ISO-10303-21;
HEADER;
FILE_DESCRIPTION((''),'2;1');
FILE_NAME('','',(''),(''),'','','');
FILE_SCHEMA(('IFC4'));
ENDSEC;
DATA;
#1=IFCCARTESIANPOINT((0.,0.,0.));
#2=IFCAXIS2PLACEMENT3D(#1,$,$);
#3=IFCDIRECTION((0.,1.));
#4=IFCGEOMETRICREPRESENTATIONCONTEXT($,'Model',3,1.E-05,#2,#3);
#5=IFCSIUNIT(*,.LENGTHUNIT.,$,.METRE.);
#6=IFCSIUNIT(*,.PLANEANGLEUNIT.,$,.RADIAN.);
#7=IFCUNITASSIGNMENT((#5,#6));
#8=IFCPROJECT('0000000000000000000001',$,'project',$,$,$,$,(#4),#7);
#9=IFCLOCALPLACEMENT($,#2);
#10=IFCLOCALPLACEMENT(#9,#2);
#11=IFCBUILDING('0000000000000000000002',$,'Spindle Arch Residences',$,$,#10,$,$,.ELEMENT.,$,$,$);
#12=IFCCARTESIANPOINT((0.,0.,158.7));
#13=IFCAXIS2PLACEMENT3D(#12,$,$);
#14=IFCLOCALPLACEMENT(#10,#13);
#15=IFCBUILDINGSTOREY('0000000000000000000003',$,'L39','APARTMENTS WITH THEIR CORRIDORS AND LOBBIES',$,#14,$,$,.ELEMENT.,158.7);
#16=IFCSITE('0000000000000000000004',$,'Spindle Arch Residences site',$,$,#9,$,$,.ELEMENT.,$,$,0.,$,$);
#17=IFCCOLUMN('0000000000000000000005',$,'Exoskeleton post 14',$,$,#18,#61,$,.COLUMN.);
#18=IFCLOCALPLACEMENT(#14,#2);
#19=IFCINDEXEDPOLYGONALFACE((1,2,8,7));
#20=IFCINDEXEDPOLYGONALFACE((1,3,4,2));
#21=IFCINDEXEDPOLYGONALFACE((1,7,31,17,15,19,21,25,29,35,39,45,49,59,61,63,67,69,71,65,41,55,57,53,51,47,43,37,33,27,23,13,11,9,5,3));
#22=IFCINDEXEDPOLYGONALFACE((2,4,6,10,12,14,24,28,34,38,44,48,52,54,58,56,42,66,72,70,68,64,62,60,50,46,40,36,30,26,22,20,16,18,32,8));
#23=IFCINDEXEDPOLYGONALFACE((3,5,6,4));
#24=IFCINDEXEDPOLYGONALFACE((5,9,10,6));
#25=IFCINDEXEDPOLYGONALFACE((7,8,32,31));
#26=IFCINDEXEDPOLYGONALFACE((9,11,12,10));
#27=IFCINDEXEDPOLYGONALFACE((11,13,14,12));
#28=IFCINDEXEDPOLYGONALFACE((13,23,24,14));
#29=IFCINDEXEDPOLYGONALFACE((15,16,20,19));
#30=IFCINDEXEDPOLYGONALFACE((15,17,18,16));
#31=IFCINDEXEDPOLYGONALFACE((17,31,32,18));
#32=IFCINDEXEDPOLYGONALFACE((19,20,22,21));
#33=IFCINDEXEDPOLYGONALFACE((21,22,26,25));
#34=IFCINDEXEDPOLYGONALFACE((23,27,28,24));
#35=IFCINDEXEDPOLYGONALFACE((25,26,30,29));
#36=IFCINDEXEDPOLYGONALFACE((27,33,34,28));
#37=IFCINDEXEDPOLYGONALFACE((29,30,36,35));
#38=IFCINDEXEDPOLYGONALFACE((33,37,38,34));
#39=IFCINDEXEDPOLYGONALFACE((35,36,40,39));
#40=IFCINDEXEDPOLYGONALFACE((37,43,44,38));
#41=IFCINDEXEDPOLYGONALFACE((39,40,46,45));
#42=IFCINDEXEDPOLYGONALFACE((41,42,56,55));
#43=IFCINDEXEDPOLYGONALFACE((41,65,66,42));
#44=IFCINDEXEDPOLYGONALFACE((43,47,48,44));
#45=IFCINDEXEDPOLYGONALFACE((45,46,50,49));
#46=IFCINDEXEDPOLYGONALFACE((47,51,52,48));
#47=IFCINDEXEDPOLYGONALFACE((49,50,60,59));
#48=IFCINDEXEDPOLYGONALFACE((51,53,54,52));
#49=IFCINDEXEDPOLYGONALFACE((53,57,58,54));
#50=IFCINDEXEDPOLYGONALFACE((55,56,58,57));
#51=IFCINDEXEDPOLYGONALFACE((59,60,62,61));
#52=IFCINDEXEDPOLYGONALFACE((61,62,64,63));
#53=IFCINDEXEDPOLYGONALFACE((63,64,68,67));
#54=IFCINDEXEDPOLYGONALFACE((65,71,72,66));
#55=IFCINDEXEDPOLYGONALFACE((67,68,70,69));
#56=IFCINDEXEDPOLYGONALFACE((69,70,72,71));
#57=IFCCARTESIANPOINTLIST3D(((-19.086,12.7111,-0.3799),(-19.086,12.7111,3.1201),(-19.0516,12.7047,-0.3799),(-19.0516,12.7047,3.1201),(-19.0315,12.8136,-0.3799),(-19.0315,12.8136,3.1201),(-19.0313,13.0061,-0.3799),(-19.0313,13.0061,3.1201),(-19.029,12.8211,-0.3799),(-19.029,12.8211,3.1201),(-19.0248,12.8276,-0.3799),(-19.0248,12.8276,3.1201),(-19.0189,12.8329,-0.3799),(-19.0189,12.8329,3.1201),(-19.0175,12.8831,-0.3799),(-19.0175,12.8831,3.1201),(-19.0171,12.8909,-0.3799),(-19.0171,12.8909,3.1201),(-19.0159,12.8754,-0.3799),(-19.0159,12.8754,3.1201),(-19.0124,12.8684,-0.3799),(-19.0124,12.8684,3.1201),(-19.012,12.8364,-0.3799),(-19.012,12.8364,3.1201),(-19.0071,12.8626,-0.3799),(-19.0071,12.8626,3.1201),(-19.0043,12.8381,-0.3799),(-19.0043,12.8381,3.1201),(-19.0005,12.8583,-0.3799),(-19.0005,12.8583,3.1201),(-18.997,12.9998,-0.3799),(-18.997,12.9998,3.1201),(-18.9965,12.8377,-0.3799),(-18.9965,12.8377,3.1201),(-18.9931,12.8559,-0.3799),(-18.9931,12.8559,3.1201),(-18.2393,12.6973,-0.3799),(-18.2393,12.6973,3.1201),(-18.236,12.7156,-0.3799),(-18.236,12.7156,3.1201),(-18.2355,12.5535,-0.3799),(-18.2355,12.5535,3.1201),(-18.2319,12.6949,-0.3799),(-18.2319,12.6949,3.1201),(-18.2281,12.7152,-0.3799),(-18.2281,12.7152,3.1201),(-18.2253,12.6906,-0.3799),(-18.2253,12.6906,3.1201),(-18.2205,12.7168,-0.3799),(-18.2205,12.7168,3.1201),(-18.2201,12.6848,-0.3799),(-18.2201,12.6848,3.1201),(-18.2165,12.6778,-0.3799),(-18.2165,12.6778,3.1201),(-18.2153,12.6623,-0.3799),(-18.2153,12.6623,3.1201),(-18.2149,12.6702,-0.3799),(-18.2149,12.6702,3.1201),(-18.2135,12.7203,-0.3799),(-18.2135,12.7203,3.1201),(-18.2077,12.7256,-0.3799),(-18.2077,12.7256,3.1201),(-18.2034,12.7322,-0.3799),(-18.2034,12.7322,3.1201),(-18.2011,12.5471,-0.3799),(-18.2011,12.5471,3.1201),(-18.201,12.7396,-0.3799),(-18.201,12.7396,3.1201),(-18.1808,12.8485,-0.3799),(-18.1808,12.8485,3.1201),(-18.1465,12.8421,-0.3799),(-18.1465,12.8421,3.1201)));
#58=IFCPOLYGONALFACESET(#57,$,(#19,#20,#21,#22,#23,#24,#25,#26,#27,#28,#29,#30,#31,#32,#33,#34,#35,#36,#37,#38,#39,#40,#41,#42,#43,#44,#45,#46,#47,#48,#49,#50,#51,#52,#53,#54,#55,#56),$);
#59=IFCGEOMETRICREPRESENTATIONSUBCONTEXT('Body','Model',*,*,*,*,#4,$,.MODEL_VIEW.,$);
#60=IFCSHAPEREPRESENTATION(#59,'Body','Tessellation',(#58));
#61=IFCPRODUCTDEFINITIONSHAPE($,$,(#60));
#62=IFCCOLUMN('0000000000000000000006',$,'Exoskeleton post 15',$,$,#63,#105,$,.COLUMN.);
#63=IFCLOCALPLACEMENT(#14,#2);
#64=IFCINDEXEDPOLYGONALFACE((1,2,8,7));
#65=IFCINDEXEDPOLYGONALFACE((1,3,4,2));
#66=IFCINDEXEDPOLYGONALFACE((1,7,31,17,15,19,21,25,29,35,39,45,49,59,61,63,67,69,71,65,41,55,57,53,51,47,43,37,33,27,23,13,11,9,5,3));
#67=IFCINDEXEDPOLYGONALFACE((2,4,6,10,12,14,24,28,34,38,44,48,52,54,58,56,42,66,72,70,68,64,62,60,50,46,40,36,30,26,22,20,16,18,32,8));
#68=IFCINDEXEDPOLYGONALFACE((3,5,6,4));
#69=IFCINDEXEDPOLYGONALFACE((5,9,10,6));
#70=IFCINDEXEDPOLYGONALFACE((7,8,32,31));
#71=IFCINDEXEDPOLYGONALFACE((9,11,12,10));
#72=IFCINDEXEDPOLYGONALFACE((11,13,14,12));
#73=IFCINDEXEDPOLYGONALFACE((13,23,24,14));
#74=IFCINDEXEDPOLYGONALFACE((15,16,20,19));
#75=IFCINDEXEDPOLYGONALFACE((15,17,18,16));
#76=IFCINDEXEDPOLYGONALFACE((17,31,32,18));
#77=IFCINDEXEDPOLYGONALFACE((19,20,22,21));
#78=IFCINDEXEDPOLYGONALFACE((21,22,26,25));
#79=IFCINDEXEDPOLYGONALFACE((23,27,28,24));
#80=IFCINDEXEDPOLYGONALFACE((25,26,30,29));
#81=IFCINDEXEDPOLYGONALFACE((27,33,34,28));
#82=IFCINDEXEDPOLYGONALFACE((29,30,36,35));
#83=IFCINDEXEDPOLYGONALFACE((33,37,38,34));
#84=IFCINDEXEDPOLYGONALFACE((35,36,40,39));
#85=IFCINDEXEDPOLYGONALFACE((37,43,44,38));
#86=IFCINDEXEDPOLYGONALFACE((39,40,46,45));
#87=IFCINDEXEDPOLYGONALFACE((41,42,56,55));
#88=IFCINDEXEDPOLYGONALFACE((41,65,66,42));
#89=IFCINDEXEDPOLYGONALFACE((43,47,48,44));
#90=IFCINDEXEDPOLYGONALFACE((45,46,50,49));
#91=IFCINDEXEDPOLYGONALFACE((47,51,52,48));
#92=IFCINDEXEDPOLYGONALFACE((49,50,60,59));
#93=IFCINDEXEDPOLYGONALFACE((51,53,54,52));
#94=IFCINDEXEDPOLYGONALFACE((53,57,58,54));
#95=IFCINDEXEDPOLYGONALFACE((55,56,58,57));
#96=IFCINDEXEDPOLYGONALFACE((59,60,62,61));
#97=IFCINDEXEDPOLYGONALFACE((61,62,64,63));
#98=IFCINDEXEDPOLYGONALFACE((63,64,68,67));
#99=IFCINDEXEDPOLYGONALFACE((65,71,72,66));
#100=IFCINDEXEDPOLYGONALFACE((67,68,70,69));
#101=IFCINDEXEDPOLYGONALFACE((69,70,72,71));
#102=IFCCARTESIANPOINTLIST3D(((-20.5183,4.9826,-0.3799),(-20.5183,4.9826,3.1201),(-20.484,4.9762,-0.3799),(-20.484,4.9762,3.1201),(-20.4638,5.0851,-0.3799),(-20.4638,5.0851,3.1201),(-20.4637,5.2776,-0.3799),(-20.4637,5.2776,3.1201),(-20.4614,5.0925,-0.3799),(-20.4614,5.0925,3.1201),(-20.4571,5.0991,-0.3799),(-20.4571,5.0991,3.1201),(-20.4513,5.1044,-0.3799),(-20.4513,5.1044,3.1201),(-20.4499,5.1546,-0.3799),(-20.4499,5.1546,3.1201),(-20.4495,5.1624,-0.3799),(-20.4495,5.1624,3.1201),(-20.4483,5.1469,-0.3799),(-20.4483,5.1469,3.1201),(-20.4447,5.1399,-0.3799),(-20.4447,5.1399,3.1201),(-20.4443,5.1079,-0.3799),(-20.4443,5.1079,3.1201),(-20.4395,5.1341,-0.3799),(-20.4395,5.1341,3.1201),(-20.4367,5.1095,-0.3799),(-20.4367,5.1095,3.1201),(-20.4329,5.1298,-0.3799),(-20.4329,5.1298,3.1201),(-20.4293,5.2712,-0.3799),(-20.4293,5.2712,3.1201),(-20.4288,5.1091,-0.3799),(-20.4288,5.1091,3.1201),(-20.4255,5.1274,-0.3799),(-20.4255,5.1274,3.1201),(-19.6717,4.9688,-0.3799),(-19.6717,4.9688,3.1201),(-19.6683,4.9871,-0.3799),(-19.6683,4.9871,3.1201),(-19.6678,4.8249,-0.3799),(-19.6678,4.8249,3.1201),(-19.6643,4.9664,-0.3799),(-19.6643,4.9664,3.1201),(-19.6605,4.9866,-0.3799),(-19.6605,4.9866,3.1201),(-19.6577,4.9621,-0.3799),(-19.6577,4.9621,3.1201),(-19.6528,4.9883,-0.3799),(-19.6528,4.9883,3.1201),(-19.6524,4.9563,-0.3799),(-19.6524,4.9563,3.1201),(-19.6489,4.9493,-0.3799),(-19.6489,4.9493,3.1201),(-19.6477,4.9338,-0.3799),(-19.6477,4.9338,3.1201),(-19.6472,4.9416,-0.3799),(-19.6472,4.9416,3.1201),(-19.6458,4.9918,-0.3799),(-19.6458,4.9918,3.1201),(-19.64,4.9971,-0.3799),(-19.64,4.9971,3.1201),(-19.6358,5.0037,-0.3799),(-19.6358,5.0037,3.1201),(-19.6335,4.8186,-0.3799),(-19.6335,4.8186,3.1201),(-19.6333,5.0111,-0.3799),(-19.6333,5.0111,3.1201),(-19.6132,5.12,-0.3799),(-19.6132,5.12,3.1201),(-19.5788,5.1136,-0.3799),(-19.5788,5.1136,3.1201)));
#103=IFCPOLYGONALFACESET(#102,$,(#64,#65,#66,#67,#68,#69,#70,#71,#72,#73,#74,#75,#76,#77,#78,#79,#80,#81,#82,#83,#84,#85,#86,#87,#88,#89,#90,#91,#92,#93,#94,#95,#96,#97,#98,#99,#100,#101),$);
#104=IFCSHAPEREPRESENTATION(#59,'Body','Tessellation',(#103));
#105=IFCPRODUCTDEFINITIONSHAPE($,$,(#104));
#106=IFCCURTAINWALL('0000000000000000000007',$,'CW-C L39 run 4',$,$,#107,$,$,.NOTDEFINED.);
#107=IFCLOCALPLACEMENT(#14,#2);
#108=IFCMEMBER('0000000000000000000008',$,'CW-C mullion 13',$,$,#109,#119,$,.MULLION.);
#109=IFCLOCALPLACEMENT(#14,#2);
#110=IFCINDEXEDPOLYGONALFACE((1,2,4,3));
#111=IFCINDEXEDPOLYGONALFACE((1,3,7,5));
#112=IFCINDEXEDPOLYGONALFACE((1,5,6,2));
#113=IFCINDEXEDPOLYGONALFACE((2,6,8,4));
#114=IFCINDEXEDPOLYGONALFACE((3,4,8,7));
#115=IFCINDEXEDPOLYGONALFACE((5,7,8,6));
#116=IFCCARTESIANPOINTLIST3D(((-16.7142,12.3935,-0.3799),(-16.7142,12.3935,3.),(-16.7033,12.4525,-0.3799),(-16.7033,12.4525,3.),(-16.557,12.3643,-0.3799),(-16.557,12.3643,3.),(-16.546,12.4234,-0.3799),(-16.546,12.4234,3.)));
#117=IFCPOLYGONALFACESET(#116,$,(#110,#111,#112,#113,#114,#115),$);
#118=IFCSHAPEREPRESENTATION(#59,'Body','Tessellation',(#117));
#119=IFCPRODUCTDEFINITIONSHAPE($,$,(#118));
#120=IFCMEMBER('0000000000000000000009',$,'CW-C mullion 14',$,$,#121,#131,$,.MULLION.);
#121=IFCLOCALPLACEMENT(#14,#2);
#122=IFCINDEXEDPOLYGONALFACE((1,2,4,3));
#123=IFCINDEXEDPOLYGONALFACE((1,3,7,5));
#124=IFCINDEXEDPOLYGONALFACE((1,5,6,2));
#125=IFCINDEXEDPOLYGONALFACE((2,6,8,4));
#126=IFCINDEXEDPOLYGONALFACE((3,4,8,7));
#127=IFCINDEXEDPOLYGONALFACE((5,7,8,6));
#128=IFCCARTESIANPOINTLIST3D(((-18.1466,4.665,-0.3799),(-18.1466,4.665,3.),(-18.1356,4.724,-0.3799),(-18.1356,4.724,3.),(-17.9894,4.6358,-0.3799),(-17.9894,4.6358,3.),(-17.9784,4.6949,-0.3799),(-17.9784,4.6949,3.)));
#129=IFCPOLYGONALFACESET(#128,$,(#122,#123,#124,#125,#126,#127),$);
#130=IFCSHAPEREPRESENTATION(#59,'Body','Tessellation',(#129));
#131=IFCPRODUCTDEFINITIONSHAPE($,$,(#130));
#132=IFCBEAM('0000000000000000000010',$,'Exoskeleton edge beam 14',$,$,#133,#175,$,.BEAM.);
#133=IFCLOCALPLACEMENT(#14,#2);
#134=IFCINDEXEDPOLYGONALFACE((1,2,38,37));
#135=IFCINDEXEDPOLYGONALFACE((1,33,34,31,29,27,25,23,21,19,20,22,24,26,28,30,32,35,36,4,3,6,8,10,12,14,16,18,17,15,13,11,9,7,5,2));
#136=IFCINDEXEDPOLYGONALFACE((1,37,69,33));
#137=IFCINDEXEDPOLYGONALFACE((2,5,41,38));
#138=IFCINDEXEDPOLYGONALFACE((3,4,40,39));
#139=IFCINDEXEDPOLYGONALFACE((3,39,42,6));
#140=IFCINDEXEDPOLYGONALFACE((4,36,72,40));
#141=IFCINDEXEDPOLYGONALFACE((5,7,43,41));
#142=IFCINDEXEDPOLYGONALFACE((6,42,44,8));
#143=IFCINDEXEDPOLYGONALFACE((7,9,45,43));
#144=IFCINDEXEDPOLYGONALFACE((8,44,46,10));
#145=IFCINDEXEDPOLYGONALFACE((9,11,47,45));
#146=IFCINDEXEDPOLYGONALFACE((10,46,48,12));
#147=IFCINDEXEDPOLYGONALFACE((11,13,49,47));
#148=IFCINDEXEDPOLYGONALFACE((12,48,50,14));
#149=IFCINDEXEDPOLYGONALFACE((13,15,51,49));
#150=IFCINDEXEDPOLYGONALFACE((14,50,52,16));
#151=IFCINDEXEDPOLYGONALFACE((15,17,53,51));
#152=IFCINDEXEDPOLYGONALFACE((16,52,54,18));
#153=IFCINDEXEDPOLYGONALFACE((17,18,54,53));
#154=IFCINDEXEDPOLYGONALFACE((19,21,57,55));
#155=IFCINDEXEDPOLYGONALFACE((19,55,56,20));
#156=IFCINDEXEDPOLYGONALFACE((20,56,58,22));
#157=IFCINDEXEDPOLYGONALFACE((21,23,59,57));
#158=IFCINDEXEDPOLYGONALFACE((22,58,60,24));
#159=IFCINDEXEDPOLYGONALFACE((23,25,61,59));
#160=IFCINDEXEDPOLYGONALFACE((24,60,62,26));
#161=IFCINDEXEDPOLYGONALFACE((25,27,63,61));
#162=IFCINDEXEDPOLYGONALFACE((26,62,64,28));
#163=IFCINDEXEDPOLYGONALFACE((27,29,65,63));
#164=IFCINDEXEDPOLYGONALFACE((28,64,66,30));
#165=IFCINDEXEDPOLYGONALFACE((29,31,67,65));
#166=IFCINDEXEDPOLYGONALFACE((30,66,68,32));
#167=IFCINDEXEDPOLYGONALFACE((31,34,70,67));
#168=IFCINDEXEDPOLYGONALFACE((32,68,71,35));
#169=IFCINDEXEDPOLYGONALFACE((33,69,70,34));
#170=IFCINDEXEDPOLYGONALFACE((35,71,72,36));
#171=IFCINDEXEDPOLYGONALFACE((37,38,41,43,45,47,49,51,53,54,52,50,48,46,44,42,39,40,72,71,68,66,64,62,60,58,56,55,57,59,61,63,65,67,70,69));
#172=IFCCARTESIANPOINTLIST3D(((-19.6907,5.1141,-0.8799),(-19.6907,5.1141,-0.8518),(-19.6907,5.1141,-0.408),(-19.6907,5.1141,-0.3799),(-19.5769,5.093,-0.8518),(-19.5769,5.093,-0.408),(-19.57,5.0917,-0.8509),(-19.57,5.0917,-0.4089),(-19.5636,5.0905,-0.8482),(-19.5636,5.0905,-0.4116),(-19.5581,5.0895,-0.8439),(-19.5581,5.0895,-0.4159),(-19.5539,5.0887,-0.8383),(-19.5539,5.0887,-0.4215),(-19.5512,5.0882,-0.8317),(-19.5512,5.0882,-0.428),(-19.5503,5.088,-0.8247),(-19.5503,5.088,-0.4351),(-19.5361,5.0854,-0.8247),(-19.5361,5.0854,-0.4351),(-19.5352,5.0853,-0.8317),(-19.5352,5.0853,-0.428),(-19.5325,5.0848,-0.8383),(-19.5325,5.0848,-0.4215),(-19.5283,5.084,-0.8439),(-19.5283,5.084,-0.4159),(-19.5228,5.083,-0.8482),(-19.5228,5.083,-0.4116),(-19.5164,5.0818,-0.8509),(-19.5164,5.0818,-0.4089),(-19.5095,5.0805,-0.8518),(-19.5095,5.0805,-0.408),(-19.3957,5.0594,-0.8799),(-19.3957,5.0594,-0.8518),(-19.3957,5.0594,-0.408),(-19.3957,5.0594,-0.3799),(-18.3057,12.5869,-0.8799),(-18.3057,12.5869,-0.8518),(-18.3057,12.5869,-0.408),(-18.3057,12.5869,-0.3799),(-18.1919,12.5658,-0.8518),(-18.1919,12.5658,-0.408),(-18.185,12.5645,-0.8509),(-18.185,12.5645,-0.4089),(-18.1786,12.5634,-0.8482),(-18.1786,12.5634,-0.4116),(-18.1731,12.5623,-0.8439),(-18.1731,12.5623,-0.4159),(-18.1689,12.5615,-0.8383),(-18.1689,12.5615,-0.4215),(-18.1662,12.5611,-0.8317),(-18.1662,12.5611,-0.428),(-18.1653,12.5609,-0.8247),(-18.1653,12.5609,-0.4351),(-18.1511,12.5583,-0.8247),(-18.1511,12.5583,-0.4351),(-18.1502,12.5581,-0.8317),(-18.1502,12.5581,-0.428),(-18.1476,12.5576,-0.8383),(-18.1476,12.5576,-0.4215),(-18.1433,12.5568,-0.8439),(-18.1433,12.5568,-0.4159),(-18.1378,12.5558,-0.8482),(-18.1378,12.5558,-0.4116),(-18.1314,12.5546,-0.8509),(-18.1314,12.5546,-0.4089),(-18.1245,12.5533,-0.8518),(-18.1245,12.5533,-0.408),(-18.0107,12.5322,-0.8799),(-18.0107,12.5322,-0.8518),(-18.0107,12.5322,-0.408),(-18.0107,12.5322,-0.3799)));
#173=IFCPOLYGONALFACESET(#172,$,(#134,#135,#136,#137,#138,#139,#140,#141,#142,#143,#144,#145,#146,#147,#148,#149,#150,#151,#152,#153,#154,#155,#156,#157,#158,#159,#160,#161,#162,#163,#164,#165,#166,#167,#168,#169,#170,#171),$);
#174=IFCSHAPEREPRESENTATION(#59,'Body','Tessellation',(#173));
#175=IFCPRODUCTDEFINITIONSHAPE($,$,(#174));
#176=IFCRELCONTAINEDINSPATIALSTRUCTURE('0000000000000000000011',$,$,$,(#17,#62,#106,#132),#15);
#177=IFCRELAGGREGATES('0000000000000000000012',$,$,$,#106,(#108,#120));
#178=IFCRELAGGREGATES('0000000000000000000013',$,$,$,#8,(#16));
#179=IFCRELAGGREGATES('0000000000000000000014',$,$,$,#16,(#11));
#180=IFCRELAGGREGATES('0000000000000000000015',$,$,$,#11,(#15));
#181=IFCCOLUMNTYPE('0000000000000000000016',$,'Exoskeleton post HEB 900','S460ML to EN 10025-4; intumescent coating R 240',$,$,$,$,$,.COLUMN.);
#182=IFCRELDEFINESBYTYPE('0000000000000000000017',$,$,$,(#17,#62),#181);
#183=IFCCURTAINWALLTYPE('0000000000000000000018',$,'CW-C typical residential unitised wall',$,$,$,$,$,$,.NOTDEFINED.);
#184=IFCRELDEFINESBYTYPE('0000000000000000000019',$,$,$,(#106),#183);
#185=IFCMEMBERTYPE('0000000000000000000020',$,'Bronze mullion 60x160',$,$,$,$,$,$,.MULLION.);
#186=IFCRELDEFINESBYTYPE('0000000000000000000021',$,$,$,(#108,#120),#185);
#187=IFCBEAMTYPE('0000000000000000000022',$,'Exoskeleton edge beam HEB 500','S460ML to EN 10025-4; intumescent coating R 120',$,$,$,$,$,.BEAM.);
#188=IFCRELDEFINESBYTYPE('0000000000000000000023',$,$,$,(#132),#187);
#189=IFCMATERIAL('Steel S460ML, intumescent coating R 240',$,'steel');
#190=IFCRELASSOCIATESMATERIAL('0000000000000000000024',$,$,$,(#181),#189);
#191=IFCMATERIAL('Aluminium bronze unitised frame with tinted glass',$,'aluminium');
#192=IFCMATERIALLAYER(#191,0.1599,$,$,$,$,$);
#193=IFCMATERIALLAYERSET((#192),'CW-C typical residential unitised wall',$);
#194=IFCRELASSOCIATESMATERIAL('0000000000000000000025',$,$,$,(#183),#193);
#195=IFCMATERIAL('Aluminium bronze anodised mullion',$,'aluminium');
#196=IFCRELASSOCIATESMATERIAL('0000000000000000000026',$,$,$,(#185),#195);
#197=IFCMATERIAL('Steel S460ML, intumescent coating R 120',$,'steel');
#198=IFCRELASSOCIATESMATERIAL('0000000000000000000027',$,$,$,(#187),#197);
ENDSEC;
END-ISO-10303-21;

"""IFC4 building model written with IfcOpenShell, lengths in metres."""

from ifc_helpers import new_model, si_unit, direction, frame, origin, origin_2d, place, context, subcontext, project, spatial, rectangle, i_section, extrude, material, layer, layer_set, material_profile, profile_set, type_object, element, aggregate, save


model = new_model("IFC4")

# Units and contexts
model_context = context("Model", 3, precision=1e-05, world=origin(), true_north=direction((0.0, 1.0)))
body_context = subcontext(model_context, "Body", "Model", "MODEL_VIEW")
ifc_project = project(units=[si_unit("LENGTHUNIT", "METRE"), si_unit("PLANEANGLEUNIT", "RADIAN")], contexts=[model_context])

# Site, building, storey
site_placement = place(None, origin())
site = spatial("IfcSite", under=ifc_project, at=site_placement, Name="Spindle Arch Residences site", CompositionType="ELEMENT", RefElevation=0.0)
building_placement = place(site_placement, origin())
building = spatial("IfcBuilding", under=site, at=building_placement, Name="Spindle Arch Residences", CompositionType="ELEMENT")
storey_placement = place(building_placement, frame((0.0, 0.0, 158.7)))
storey = spatial("IfcBuildingStorey", under=building, at=storey_placement, Name="L39", Description="APARTMENTS WITH THEIR CORRIDORS AND LOBBIES", CompositionType="ELEMENT", Elevation=158.7)

# Columns
ifc_material_1 = material(Name="Steel S460ML, intumescent coating R 240", Category="steel")
ifc_material_profile_1 = material_profile(ifc_material_1, i_section(OverallWidth=0.3, OverallDepth=0.8999, WebThickness=0.0186, FlangeThickness=0.0349, FilletRadius=0.03, at=origin_2d()), Name="HEB 900")
ifc_profile_set_1 = profile_set([ifc_material_profile_1], Name="Steel S460ML, intumescent coating R 240")
column_type = type_object("IfcColumnType", Name="Exoskeleton post HEB 900", Description="S460ML to EN 10025-4; intumescent coating R 240", PredefinedType="COLUMN", material=ifc_profile_set_1)
for number, where, z_axis, x_axis, name in (
    (1, (-18.6162, 12.7766, -0.3799), (0.0, 0.0, 1.0), (0.182236, 0.983255, 0.0), "Exoskeleton post 14"),
    (2, (-20.0486, 5.0481, -0.3799), (0.0, 0.0, 1.0), (0.182236, 0.983255, 0.0), "Exoskeleton post 15"),
):
    element("IfcColumn", number, at=place(storey_placement, frame(where, z_axis=z_axis, x_axis=x_axis)), inside=storey, type_object=column_type, Name=name, PredefinedType="COLUMN", context=body_context, shape_type="SweptSolid", body=[
        extrude(i_section(OverallWidth=0.3, OverallDepth=0.8999, WebThickness=0.0186, FlangeThickness=0.0349, FilletRadius=0.03, at=origin_2d()), origin(), (0.0, 0.0, 1.0), 3.5),
    ])

# Curtain wall, members
ifc_material_2 = material(Name="Aluminium bronze unitised frame with tinted glass", Category="aluminium")
ifc_layer_1 = layer(ifc_material_2, 0.1599)
ifc_layer_set_1 = layer_set([ifc_layer_1], Name="CW-C typical residential unitised wall")
curtain_wall_type = type_object("IfcCurtainWallType", Name="CW-C typical residential unitised wall", PredefinedType="NOTDEFINED", material=ifc_layer_set_1)
curtain_wall_placement = place(storey_placement, origin())
curtain_wall = element("IfcCurtainWall", 3, at=curtain_wall_placement, inside=storey, type_object=curtain_wall_type, Name="CW-C L39 run 4", PredefinedType="NOTDEFINED")
ifc_material_3 = material(Name="Aluminium bronze anodised mullion", Category="aluminium")
ifc_material_profile_2 = material_profile(ifc_material_3, rectangle(XDim=0.1599, YDim=0.0601, at=origin_2d()), Name="MU 60x160")
ifc_profile_set_2 = profile_set([ifc_material_profile_2], Name="Aluminium bronze anodised mullion")
member_type = type_object("IfcMemberType", Name="Bronze mullion 60x160", PredefinedType="MULLION", material=ifc_profile_set_2)
member_1_placement = place(storey_placement, frame((-16.6301, 12.4084, -0.3799), z_axis=(0.0, 0.0, 1.0), x_axis=(0.983255, -0.182236, 0.0)))
member_1 = element("IfcMember", 4, at=member_1_placement, type_object=member_type, Name="CW-C mullion 13", PredefinedType="MULLION", context=body_context, shape_type="SweptSolid", body=[
    extrude(rectangle(XDim=0.1599, YDim=0.0601, at=origin_2d()), origin(), (0.0, 0.0, 1.0), 3.3799),
])
member_2_placement = place(storey_placement, frame((-18.0625, 4.6799, -0.3799), z_axis=(0.0, 0.0, 1.0), x_axis=(0.983255, -0.182236, 0.0)))
member_2 = element("IfcMember", 5, at=member_2_placement, type_object=member_type, Name="CW-C mullion 14", PredefinedType="MULLION", context=body_context, shape_type="SweptSolid", body=[
    extrude(rectangle(XDim=0.1599, YDim=0.0601, at=origin_2d()), origin(), (0.0, 0.0, 1.0), 3.3799),
])

# Beam
ifc_material_4 = material(Name="Steel S460ML, intumescent coating R 120", Category="steel")
ifc_material_profile_3 = material_profile(ifc_material_4, i_section(OverallWidth=0.3, OverallDepth=0.5, WebThickness=0.0144, FlangeThickness=0.0281, FilletRadius=0.0271, at=origin_2d()), Name="HEB 500")
ifc_profile_set_3 = profile_set([ifc_material_profile_3], Name="Steel S460ML, intumescent coating R 120")
beam_type_1 = type_object("IfcBeamType", Name="Exoskeleton edge beam HEB 500", Description="S460ML to EN 10025-4; intumescent coating R 120", PredefinedType="BEAM", material=ifc_profile_set_3)
for number, where, z_axis, x_axis, name in (
    (6, (-18.1582, 12.5596, -0.6299), (-0.182234, -0.983255, 0.0), (0.983255, -0.182234, 0.0), "Exoskeleton edge beam 14"),
):
    element("IfcBeam", number, at=place(storey_placement, frame(where, z_axis=z_axis, x_axis=x_axis)), inside=storey, type_object=beam_type_1, Name=name, PredefinedType="BEAM", context=body_context, shape_type="SweptSolid", body=[
        extrude(i_section(OverallWidth=0.3, OverallDepth=0.5, WebThickness=0.0144, FlangeThickness=0.0281, FilletRadius=0.0271, at=origin_2d()), origin(), (0.0, 0.0, 1.0), 7.6001),
    ])

aggregate(curtain_wall, [member_1, member_2])

save(model, "model.ifc")
